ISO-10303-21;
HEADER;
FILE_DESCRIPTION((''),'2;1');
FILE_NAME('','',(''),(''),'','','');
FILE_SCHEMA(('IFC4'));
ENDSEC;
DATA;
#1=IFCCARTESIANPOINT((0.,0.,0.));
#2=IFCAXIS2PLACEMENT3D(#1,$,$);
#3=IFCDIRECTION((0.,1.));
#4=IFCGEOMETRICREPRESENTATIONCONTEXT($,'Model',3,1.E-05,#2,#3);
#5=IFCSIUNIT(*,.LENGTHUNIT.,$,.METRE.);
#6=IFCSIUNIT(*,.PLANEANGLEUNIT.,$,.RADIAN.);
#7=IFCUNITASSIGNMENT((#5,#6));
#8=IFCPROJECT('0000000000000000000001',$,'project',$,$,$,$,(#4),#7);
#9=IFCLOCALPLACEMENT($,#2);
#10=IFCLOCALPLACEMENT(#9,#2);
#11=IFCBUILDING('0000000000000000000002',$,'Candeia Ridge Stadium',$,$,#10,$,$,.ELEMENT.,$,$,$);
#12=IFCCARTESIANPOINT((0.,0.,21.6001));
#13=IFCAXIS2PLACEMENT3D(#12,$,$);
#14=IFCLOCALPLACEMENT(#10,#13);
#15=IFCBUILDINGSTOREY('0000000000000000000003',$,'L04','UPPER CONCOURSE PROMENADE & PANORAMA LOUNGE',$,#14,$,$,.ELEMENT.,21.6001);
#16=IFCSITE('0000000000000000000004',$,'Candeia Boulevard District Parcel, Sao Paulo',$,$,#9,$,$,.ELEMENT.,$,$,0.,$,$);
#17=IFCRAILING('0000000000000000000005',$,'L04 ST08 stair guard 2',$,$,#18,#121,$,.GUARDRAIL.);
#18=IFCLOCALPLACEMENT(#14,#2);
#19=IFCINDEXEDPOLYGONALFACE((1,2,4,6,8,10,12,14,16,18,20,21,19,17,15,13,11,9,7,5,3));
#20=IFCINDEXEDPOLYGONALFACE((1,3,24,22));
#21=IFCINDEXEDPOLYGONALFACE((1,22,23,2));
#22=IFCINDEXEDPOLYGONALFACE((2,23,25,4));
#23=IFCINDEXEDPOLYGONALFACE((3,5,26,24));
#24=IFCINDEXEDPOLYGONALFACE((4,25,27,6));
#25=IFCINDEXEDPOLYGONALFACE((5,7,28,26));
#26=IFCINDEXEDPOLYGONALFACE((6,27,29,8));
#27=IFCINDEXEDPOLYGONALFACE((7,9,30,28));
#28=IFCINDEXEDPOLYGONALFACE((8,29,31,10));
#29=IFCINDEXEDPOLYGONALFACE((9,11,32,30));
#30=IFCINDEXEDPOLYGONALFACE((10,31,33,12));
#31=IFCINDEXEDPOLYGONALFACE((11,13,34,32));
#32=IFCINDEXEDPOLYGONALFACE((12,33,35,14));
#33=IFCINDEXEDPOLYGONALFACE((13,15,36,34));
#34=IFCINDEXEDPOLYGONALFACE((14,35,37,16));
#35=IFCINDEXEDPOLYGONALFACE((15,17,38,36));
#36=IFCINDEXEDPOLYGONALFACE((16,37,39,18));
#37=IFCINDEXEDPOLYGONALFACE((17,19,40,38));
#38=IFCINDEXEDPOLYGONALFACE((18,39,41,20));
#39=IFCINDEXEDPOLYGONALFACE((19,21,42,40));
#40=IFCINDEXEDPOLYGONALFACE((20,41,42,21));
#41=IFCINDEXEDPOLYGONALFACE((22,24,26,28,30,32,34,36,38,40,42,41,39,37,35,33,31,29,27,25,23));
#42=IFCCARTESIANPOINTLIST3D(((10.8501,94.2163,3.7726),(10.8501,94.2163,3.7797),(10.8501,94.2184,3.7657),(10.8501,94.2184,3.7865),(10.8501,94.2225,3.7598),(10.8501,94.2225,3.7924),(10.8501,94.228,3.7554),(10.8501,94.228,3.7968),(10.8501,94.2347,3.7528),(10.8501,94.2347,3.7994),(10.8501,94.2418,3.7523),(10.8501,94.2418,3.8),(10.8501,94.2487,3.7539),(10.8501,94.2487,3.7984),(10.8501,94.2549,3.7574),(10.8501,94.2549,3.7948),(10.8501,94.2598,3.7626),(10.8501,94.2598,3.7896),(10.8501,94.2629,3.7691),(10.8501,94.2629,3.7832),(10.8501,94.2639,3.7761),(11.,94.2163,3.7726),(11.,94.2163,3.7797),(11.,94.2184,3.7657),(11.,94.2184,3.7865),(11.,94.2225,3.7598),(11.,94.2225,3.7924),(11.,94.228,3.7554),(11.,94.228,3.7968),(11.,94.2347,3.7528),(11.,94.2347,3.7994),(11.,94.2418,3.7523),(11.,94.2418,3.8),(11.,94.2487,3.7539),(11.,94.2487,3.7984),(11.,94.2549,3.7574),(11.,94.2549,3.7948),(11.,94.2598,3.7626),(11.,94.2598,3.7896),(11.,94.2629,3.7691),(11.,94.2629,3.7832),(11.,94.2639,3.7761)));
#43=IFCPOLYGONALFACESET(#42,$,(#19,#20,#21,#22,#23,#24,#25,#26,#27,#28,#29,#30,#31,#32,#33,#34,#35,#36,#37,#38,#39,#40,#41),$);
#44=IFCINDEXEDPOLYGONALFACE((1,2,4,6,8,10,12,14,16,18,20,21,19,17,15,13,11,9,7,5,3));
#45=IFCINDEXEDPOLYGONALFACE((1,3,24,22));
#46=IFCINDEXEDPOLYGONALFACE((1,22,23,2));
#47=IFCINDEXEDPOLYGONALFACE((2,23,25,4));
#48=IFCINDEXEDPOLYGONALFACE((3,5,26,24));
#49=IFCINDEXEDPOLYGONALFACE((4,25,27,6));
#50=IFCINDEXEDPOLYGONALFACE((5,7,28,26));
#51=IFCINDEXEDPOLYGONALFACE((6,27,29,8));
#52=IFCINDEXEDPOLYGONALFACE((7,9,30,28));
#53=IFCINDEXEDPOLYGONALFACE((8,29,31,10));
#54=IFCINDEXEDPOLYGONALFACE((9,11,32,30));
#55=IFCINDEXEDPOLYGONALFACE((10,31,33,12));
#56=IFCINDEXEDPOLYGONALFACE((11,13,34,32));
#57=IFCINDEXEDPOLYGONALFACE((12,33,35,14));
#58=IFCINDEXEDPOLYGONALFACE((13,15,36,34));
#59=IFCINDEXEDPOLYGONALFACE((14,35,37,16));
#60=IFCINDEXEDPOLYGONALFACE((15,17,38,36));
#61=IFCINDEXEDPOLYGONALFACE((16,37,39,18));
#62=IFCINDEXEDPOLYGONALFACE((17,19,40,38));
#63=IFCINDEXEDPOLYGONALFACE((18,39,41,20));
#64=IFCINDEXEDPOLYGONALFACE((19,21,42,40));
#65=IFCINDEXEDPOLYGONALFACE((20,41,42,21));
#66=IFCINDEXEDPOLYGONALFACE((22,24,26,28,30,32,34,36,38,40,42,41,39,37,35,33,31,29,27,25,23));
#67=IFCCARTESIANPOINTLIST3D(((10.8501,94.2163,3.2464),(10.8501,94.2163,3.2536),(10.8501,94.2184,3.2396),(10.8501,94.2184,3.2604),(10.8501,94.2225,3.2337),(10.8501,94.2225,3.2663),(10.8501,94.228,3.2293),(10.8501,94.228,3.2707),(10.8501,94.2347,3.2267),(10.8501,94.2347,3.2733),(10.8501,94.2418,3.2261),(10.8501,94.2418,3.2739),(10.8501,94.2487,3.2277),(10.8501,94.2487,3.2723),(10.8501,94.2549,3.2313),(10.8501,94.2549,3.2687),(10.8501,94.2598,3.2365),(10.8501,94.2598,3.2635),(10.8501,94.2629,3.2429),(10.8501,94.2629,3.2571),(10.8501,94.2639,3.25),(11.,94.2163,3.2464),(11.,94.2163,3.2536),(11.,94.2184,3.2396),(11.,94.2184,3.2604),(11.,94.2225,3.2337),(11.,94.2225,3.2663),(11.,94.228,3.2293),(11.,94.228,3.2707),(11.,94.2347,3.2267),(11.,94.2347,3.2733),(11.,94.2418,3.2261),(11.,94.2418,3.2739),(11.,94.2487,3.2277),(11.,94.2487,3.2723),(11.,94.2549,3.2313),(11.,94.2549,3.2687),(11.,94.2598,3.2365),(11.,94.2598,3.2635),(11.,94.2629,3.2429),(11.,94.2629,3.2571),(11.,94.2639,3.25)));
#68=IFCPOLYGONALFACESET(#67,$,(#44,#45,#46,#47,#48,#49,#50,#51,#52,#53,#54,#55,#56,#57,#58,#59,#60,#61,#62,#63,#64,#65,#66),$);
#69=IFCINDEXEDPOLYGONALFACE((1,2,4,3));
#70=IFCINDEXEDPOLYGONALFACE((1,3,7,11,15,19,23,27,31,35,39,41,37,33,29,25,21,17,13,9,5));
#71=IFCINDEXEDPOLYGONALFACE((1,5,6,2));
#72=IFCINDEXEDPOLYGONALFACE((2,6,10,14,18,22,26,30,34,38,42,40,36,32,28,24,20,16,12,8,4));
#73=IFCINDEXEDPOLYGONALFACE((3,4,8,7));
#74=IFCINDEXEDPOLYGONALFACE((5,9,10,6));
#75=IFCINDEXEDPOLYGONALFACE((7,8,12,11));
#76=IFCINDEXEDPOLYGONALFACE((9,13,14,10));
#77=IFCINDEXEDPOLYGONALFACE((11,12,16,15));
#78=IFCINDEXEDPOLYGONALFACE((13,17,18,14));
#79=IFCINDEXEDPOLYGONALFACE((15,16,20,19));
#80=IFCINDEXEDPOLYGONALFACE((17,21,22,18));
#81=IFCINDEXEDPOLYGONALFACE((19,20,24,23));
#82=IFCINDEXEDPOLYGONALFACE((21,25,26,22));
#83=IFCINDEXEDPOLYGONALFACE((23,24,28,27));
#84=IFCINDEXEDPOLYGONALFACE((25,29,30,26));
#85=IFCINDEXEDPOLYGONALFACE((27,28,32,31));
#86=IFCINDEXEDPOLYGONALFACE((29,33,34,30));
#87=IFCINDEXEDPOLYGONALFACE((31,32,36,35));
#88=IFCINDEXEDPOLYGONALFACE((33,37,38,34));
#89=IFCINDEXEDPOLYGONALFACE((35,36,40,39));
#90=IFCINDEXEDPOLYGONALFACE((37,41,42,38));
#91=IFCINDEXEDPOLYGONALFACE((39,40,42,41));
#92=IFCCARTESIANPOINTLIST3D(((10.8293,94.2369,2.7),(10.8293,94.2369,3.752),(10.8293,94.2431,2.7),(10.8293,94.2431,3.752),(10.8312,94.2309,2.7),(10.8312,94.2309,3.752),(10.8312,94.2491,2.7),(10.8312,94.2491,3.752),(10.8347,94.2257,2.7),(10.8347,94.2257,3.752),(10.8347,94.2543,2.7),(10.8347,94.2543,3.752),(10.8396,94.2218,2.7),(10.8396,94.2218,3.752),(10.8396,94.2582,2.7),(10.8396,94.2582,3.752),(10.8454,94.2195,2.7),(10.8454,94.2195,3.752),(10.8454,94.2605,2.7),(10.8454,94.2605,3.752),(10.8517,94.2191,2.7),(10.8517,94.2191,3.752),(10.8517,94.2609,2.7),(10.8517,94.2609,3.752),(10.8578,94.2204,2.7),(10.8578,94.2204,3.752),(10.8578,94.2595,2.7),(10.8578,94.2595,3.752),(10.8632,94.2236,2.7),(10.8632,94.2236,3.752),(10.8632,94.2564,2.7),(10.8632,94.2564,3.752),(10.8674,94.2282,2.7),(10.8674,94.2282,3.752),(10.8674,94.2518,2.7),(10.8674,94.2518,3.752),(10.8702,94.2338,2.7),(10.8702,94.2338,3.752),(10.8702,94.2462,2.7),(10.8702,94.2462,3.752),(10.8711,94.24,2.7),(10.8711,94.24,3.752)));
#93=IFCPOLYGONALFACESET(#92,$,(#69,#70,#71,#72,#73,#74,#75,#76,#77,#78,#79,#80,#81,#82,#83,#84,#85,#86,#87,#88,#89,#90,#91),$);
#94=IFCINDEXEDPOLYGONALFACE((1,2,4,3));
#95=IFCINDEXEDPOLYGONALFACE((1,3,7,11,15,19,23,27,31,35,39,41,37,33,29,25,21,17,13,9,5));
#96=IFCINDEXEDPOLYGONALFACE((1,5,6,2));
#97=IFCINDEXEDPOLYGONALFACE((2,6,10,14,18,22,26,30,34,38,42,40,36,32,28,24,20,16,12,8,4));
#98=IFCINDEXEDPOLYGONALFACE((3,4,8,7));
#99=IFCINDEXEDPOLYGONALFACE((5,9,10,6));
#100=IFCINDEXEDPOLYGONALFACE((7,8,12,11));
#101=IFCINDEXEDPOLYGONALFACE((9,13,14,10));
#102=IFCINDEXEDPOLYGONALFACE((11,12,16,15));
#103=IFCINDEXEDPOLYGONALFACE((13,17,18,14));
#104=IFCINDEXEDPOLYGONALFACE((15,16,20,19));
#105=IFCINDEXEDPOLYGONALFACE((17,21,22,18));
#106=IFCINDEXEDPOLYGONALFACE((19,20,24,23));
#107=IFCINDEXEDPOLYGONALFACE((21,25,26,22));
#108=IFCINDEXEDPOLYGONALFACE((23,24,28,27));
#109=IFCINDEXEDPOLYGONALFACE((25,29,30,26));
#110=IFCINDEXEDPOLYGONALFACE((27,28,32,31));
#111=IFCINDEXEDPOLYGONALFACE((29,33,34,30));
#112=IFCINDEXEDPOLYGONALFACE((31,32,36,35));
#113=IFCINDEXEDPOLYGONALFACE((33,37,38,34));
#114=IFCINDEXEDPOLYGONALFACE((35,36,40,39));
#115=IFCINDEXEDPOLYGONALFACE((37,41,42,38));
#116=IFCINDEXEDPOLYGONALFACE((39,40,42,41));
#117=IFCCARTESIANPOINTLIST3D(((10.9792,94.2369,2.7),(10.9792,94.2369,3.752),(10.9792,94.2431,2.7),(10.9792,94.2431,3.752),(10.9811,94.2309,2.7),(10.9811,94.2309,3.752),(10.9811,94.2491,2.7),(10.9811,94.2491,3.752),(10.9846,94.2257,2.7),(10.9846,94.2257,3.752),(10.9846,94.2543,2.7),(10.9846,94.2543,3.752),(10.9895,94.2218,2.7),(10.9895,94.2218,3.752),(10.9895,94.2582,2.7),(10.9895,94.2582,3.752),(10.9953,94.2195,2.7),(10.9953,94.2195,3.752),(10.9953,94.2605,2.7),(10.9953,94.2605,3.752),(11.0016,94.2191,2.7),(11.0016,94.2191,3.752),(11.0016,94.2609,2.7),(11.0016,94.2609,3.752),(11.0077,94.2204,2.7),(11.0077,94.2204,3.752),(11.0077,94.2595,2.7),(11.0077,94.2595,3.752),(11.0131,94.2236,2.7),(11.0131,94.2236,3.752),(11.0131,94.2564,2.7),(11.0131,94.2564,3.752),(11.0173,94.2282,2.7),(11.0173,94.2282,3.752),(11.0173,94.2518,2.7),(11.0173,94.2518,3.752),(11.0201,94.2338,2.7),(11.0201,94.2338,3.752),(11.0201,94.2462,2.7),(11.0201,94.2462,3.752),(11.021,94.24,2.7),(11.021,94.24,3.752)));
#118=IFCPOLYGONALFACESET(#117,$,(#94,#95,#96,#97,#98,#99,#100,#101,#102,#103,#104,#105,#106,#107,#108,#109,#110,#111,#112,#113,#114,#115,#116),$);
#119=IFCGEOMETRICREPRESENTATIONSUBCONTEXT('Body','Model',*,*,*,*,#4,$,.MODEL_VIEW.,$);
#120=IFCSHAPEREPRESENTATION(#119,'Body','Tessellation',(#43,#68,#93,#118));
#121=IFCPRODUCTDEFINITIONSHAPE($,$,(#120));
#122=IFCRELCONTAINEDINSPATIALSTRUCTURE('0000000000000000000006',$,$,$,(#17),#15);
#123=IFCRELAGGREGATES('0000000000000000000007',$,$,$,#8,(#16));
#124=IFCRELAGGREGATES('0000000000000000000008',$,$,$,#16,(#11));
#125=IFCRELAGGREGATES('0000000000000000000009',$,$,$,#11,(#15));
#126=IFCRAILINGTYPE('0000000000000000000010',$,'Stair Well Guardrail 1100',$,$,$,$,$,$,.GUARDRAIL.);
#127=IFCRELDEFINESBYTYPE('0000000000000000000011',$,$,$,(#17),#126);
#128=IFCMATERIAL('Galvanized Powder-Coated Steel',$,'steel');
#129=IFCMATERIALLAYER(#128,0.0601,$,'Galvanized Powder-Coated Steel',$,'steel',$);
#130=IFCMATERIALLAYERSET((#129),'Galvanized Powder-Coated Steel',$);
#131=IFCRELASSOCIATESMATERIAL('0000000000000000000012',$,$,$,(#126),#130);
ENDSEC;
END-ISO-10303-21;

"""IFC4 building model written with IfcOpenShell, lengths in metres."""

from ifc_helpers import new_model, si_unit, direction, frame, origin, origin_2d, place, context, subcontext, project, spatial, circle, extrude, material, layer, layer_set, type_object, element, save


model = new_model("IFC4")

# Units and contexts
model_context = context("Model", 3, precision=1e-05, world=origin(), true_north=direction((0.0, 1.0)))
body_context = subcontext(model_context, "Body", "Model", "MODEL_VIEW")
ifc_project = project(units=[si_unit("LENGTHUNIT", "METRE"), si_unit("PLANEANGLEUNIT", "RADIAN")], contexts=[model_context])

# Site, building, storey
site_placement = place(None, origin())
site = spatial("IfcSite", under=ifc_project, at=site_placement, Name="Candeia Boulevard District Parcel, Sao Paulo", CompositionType="ELEMENT", RefElevation=0.0)
building_placement = place(site_placement, origin())
building = spatial("IfcBuilding", under=site, at=building_placement, Name="Candeia Ridge Stadium", CompositionType="ELEMENT")
storey_placement = place(building_placement, frame((0.0, 0.0, 21.6001)))
storey = spatial("IfcBuildingStorey", under=building, at=storey_placement, Name="L04", Description="UPPER CONCOURSE PROMENADE & PANORAMA LOUNGE", CompositionType="ELEMENT", Elevation=21.6001)

# Railing
ifc_material_1 = material(Name="Galvanized Powder-Coated Steel", Category="steel")
ifc_layer_1 = layer(ifc_material_1, 0.0601, Name="Galvanized Powder-Coated Steel", Category="steel")
ifc_layer_set_1 = layer_set([ifc_layer_1], Name="Galvanized Powder-Coated Steel")
railing_type_1 = type_object("IfcRailingType", Name="Stair Well Guardrail 1100", PredefinedType="GUARDRAIL", material=ifc_layer_set_1)
railing_1_placement = place(storey_placement, frame((10.8501, 94.24, 2.7)))
element("IfcRailing", 1, at=railing_1_placement, inside=storey, type_object=railing_type_1, Name="L04 ST08 stair guard 2", PredefinedType="GUARDRAIL", context=body_context, shape_type="SweptSolid", body=[
    extrude(circle(Radius=0.0239, at=origin_2d()), frame((0.0, 0.0, 1.0762), z_axis=(1.0, 0.0, 0.0), x_axis=(0.0, 1.0, 0.0)), (0.0, 0.0, 1.0), 0.1499),
    extrude(circle(Radius=0.0239, at=origin_2d()), frame((0.0, 0.0, 0.55), z_axis=(1.0, 0.0, 0.0), x_axis=(0.0, 1.0, 0.0)), (0.0, 0.0, 1.0), 0.1499),
    extrude(circle(Radius=0.021, at=origin_2d()), origin(), (0.0, 0.0, 1.0), 1.052),
    extrude(circle(Radius=0.021, at=origin_2d()), frame((0.1499, 0.0, 0.0)), (0.0, 0.0, 1.0), 1.052),
])

save(model, "model.ifc")
